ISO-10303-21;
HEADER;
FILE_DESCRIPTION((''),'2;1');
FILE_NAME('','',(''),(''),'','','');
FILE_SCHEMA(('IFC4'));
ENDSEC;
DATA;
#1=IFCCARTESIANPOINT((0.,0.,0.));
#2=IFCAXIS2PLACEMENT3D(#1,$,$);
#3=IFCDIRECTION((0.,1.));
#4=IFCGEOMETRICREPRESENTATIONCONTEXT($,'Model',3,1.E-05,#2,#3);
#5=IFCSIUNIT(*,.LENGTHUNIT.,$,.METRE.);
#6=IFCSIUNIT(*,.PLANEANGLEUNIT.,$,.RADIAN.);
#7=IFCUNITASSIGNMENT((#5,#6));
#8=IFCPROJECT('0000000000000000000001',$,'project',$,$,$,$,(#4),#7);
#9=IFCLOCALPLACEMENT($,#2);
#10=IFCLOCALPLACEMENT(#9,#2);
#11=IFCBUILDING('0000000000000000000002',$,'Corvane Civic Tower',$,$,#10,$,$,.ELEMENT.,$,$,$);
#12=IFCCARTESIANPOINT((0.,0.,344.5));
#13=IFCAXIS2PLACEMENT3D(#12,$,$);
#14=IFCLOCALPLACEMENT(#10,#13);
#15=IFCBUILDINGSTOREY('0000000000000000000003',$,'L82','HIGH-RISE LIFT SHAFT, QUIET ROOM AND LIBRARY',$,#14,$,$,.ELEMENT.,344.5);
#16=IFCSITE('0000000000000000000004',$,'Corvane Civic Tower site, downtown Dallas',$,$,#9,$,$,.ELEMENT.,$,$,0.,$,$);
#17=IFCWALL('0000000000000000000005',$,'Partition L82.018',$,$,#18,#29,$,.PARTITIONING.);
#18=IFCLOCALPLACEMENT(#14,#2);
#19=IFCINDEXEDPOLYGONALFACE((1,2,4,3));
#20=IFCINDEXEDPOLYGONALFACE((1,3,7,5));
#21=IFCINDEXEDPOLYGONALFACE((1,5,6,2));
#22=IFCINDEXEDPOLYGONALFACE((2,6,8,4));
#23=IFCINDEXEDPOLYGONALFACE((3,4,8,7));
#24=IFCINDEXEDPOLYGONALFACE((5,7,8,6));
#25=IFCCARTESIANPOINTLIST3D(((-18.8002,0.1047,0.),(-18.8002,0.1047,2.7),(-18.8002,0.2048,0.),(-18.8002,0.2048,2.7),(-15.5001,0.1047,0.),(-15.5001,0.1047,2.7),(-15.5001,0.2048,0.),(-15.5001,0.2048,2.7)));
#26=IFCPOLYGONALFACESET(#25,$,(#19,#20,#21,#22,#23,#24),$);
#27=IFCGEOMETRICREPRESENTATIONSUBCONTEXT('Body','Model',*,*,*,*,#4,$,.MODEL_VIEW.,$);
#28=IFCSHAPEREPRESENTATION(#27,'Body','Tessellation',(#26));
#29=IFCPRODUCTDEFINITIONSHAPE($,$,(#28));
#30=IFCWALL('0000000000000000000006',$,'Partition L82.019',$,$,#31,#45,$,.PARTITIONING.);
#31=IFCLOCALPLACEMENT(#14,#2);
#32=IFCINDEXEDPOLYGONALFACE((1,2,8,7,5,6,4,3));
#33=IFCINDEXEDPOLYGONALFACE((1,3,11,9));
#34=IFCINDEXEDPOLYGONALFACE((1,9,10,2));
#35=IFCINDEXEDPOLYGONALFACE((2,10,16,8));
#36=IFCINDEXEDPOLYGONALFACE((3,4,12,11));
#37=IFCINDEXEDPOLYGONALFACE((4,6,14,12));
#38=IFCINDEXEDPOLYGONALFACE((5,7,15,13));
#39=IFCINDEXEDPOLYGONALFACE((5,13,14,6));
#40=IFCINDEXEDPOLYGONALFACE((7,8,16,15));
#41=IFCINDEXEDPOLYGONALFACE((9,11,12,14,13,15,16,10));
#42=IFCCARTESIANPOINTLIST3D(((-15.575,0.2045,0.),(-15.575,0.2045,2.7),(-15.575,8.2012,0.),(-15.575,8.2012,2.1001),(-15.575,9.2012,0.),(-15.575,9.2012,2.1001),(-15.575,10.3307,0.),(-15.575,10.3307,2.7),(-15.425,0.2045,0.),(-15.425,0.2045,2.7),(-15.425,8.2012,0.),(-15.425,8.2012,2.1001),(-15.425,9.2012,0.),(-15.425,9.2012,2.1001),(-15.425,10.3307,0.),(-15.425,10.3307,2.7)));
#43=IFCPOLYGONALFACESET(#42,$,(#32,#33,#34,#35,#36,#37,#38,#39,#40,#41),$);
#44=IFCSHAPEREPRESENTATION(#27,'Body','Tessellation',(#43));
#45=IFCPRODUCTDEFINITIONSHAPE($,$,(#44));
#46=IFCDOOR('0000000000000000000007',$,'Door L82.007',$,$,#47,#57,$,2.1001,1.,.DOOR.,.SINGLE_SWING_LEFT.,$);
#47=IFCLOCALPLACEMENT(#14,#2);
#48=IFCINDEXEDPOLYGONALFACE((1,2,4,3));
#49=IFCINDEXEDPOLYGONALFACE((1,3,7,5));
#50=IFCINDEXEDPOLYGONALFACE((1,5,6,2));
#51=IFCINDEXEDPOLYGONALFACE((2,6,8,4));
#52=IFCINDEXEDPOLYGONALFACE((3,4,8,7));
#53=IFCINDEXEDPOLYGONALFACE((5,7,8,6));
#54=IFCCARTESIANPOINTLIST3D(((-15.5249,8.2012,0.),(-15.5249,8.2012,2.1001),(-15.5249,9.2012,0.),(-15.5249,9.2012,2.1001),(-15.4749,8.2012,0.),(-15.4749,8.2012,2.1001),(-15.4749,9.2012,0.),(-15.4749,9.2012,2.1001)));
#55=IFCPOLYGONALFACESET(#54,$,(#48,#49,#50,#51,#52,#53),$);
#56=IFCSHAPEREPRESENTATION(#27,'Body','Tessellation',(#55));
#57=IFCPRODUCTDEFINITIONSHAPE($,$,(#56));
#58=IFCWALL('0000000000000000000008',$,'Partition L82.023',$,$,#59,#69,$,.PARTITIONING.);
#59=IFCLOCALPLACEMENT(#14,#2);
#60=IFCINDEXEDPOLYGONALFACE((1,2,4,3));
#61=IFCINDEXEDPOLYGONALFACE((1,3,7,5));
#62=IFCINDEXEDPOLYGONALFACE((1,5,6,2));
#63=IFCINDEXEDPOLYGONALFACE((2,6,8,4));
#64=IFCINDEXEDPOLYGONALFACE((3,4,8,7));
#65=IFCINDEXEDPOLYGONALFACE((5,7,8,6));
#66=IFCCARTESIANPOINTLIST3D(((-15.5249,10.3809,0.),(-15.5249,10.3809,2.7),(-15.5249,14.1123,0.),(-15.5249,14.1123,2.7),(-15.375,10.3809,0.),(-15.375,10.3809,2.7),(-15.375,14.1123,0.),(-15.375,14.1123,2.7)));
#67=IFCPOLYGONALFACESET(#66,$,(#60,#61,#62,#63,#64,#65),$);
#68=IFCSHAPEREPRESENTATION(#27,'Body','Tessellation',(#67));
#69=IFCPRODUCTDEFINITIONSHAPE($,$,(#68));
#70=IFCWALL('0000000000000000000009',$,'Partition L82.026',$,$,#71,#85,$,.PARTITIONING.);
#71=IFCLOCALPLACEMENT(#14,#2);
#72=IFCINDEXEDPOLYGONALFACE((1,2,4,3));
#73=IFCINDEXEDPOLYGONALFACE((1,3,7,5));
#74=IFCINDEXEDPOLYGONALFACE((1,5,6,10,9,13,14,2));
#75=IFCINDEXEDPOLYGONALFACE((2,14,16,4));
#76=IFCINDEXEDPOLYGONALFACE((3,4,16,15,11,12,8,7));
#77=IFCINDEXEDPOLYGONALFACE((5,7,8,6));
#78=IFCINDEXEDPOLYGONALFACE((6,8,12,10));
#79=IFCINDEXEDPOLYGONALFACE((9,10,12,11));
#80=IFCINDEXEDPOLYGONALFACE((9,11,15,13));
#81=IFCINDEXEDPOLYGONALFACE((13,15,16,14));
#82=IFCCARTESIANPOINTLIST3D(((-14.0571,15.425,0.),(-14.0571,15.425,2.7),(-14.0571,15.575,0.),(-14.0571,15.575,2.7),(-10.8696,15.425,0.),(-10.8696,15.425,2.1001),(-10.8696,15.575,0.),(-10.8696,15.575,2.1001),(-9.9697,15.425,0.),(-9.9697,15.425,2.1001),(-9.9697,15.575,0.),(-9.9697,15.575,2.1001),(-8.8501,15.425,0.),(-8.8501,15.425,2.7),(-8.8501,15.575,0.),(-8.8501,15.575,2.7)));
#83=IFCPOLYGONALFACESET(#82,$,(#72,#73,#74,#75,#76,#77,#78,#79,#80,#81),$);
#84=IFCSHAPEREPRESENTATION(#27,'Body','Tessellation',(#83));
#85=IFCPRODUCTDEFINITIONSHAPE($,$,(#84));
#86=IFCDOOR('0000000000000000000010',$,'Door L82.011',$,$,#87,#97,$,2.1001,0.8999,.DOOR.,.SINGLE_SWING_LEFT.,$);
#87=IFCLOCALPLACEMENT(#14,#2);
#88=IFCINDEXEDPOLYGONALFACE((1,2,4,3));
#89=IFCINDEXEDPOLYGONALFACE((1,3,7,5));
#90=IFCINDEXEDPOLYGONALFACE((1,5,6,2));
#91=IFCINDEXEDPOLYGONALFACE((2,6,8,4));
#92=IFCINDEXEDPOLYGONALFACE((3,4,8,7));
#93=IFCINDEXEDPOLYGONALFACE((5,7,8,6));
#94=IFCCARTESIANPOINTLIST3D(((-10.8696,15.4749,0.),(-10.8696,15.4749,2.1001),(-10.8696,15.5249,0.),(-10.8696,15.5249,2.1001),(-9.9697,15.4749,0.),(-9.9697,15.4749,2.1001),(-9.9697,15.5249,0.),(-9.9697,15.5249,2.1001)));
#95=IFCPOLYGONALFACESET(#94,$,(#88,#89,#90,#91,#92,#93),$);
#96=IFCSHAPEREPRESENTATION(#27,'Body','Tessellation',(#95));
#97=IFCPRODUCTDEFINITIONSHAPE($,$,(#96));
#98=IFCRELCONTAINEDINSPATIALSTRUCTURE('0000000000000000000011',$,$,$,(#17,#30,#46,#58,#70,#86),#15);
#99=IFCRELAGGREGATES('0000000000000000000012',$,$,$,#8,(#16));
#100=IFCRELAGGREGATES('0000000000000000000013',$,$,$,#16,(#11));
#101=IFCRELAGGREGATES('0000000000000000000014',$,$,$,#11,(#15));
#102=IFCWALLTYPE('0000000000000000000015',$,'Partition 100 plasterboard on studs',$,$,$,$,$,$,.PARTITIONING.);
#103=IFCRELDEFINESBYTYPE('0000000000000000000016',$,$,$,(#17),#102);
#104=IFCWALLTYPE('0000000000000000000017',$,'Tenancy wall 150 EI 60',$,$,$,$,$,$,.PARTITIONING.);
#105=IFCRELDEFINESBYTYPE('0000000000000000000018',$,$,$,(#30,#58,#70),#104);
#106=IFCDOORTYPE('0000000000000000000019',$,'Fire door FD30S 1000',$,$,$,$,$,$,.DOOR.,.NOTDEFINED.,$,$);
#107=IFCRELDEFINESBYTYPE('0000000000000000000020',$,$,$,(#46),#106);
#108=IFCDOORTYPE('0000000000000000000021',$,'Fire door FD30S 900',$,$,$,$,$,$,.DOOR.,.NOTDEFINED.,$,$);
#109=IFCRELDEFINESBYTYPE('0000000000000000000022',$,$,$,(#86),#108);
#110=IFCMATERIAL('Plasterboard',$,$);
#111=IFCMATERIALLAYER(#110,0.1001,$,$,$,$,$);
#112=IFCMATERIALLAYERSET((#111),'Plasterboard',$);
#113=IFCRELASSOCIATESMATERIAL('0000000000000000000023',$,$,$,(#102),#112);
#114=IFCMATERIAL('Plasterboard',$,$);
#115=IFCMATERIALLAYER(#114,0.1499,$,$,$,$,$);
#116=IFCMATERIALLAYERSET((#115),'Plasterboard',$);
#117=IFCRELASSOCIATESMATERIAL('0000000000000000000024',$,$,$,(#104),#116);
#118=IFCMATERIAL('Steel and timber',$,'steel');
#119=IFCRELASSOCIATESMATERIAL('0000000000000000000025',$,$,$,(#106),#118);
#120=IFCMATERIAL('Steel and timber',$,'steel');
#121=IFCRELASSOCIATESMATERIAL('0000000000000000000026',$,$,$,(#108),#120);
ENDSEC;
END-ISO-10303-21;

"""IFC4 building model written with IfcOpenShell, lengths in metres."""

from ifc_helpers import new_model, si_unit, direction, frame, frame_2d, origin, place, context, subcontext, project, spatial, rectangle, extrude, material, layer, layer_set, type_object, element, fill, save


model = new_model("IFC4")

# Units and contexts
model_context = context("Model", 3, precision=1e-05, world=origin(), true_north=direction((0.0, 1.0)))
body_context = subcontext(model_context, "Body", "Model", "MODEL_VIEW")
ifc_project = project(units=[si_unit("LENGTHUNIT", "METRE"), si_unit("PLANEANGLEUNIT", "RADIAN")], contexts=[model_context])

# Site, building, storey
site_placement = place(None, origin())
site = spatial("IfcSite", under=ifc_project, at=site_placement, Name="Corvane Civic Tower site, downtown Dallas", CompositionType="ELEMENT", RefElevation=0.0)
building_placement = place(site_placement, origin())
building = spatial("IfcBuilding", under=site, at=building_placement, Name="Corvane Civic Tower", CompositionType="ELEMENT")
storey_placement = place(building_placement, frame((0.0, 0.0, 344.5)))
storey = spatial("IfcBuildingStorey", under=building, at=storey_placement, Name="L82", Description="HIGH-RISE LIFT SHAFT, QUIET ROOM AND LIBRARY", CompositionType="ELEMENT", Elevation=344.5)

# Wall
ifc_material_1 = material(Name="Plasterboard")
ifc_layer_1 = layer(ifc_material_1, 0.1001)
ifc_layer_set_1 = layer_set([ifc_layer_1], Name="Plasterboard")
wall_type_1 = type_object("IfcWallType", Name="Partition 100 plasterboard on studs", PredefinedType="PARTITIONING", material=ifc_layer_set_1)
wall_1_placement = place(storey_placement, frame((-18.8, 0.1548, 0.0), z_axis=(0.0, 0.0, 1.0), x_axis=(1.0, 0.0, 0.0)))
element("IfcWall", 1, at=wall_1_placement, inside=storey, type_object=wall_type_1, Name="Partition L82.018", PredefinedType="PARTITIONING", context=body_context, shape_type="SweptSolid", body=[
    extrude(rectangle(XDim=3.3, YDim=0.1001, at=frame_2d((1.6499, 0.0))), origin(), (0.0, 0.0, 1.0), 2.7),
])

# Wall, opening, door
ifc_material_2 = material(Name="Plasterboard")
ifc_layer_2 = layer(ifc_material_2, 0.1499)
ifc_layer_set_2 = layer_set([ifc_layer_2], Name="Plasterboard")
wall_type_2 = type_object("IfcWallType", Name="Tenancy wall 150 EI 60", PredefinedType="PARTITIONING", material=ifc_layer_set_2)
wall_2_placement = place(storey_placement, frame((-15.5, 0.2046, 0.0), z_axis=(0.0, 0.0, 1.0), x_axis=(0.0, 1.0, 0.0)))
wall_2 = element("IfcWall", 2, at=wall_2_placement, inside=storey, type_object=wall_type_2, Name="Partition L82.019", PredefinedType="PARTITIONING", context=body_context, shape_type="SweptSolid", body=[
    extrude(rectangle(XDim=10.1262, YDim=0.1499, at=frame_2d((5.063, 0.0))), origin(), (0.0, 0.0, 1.0), 2.7),
])
opening_1_placement = place(wall_2_placement, frame((7.9966, 0.0, 0.0)))
opening_1 = element("IfcOpeningElement", 3, at=opening_1_placement, cuts=wall_2, PredefinedType="OPENING", context=body_context, shape_type="SweptSolid", body=[
    extrude(rectangle(XDim=1.0, YDim=2.1001, at=frame_2d((0.5, 1.05))), frame((0.0, 0.085, 0.0), z_axis=(0.0, -1.0, 0.0), x_axis=(1.0, 0.0, 0.0)), (0.0, 0.0, 1.0), 0.1699),
])
ifc_material_3 = material(Name="Steel and timber", Category="steel")
door_type_1 = type_object("IfcDoorType", Name="Fire door FD30S 1000", OperationType="NOTDEFINED", PredefinedType="DOOR", material=ifc_material_3)
door_1_placement = place(opening_1_placement, origin())
door_1 = element("IfcDoor", 4, at=door_1_placement, inside=storey, type_object=door_type_1, Name="Door L82.007", OperationType="SINGLE_SWING_LEFT", OverallHeight=2.1001, OverallWidth=1.0, PredefinedType="DOOR", context=body_context, shape_type="SweptSolid", body=[
    extrude(rectangle(XDim=1.0, YDim=2.1001, at=frame_2d((0.5, 1.05))), frame((0.0, 0.0249, 0.0), z_axis=(0.0, -1.0, 0.0), x_axis=(1.0, 0.0, 0.0)), (0.0, 0.0, 1.0), 0.05),
])
fill(opening_1, door_1)

# Wall
wall_3_placement = place(storey_placement, frame((-15.45, 10.3809, 0.0), z_axis=(0.0, 0.0, 1.0), x_axis=(0.0, 1.0, 0.0)))
element("IfcWall", 5, at=wall_3_placement, inside=storey, type_object=wall_type_2, Name="Partition L82.023", PredefinedType="PARTITIONING", context=body_context, shape_type="SweptSolid", body=[
    extrude(rectangle(XDim=3.7314, YDim=0.1499, at=frame_2d((1.8657, 0.0))), origin(), (0.0, 0.0, 1.0), 2.7),
])

# Wall, opening, door
wall_4_placement = place(storey_placement, frame((-14.0571, 15.5, 0.0), z_axis=(0.0, 0.0, 1.0), x_axis=(1.0, 0.0, 0.0)))
wall_4 = element("IfcWall", 6, at=wall_4_placement, inside=storey, type_object=wall_type_2, Name="Partition L82.026", PredefinedType="PARTITIONING", context=body_context, shape_type="SweptSolid", body=[
    extrude(rectangle(XDim=5.207, YDim=0.1499, at=frame_2d((2.6035, 0.0))), origin(), (0.0, 0.0, 1.0), 2.7),
])
opening_2_placement = place(wall_4_placement, frame((3.1875, 0.0, 0.0)))
opening_2 = element("IfcOpeningElement", 7, at=opening_2_placement, cuts=wall_4, PredefinedType="OPENING", context=body_context, shape_type="SweptSolid", body=[
    extrude(rectangle(XDim=0.8999, YDim=2.1001, at=frame_2d((0.45, 1.05))), frame((0.0, 0.085, 0.0), z_axis=(0.0, -1.0, 0.0), x_axis=(1.0, 0.0, 0.0)), (0.0, 0.0, 1.0), 0.1699),
])
ifc_material_4 = material(Name="Steel and timber", Category="steel")
door_type_2 = type_object("IfcDoorType", Name="Fire door FD30S 900", OperationType="NOTDEFINED", PredefinedType="DOOR", material=ifc_material_4)
door_2_placement = place(opening_2_placement, origin())
door_2 = element("IfcDoor", 8, at=door_2_placement, inside=storey, type_object=door_type_2, Name="Door L82.011", OperationType="SINGLE_SWING_LEFT", OverallHeight=2.1001, OverallWidth=0.8999, PredefinedType="DOOR", context=body_context, shape_type="SweptSolid", body=[
    extrude(rectangle(XDim=0.8999, YDim=2.1001, at=frame_2d((0.45, 1.05))), frame((0.0, 0.0249, 0.0), z_axis=(0.0, -1.0, 0.0), x_axis=(1.0, 0.0, 0.0)), (0.0, 0.0, 1.0), 0.05),
])
fill(opening_2, door_2)

save(model, "model.ifc")
